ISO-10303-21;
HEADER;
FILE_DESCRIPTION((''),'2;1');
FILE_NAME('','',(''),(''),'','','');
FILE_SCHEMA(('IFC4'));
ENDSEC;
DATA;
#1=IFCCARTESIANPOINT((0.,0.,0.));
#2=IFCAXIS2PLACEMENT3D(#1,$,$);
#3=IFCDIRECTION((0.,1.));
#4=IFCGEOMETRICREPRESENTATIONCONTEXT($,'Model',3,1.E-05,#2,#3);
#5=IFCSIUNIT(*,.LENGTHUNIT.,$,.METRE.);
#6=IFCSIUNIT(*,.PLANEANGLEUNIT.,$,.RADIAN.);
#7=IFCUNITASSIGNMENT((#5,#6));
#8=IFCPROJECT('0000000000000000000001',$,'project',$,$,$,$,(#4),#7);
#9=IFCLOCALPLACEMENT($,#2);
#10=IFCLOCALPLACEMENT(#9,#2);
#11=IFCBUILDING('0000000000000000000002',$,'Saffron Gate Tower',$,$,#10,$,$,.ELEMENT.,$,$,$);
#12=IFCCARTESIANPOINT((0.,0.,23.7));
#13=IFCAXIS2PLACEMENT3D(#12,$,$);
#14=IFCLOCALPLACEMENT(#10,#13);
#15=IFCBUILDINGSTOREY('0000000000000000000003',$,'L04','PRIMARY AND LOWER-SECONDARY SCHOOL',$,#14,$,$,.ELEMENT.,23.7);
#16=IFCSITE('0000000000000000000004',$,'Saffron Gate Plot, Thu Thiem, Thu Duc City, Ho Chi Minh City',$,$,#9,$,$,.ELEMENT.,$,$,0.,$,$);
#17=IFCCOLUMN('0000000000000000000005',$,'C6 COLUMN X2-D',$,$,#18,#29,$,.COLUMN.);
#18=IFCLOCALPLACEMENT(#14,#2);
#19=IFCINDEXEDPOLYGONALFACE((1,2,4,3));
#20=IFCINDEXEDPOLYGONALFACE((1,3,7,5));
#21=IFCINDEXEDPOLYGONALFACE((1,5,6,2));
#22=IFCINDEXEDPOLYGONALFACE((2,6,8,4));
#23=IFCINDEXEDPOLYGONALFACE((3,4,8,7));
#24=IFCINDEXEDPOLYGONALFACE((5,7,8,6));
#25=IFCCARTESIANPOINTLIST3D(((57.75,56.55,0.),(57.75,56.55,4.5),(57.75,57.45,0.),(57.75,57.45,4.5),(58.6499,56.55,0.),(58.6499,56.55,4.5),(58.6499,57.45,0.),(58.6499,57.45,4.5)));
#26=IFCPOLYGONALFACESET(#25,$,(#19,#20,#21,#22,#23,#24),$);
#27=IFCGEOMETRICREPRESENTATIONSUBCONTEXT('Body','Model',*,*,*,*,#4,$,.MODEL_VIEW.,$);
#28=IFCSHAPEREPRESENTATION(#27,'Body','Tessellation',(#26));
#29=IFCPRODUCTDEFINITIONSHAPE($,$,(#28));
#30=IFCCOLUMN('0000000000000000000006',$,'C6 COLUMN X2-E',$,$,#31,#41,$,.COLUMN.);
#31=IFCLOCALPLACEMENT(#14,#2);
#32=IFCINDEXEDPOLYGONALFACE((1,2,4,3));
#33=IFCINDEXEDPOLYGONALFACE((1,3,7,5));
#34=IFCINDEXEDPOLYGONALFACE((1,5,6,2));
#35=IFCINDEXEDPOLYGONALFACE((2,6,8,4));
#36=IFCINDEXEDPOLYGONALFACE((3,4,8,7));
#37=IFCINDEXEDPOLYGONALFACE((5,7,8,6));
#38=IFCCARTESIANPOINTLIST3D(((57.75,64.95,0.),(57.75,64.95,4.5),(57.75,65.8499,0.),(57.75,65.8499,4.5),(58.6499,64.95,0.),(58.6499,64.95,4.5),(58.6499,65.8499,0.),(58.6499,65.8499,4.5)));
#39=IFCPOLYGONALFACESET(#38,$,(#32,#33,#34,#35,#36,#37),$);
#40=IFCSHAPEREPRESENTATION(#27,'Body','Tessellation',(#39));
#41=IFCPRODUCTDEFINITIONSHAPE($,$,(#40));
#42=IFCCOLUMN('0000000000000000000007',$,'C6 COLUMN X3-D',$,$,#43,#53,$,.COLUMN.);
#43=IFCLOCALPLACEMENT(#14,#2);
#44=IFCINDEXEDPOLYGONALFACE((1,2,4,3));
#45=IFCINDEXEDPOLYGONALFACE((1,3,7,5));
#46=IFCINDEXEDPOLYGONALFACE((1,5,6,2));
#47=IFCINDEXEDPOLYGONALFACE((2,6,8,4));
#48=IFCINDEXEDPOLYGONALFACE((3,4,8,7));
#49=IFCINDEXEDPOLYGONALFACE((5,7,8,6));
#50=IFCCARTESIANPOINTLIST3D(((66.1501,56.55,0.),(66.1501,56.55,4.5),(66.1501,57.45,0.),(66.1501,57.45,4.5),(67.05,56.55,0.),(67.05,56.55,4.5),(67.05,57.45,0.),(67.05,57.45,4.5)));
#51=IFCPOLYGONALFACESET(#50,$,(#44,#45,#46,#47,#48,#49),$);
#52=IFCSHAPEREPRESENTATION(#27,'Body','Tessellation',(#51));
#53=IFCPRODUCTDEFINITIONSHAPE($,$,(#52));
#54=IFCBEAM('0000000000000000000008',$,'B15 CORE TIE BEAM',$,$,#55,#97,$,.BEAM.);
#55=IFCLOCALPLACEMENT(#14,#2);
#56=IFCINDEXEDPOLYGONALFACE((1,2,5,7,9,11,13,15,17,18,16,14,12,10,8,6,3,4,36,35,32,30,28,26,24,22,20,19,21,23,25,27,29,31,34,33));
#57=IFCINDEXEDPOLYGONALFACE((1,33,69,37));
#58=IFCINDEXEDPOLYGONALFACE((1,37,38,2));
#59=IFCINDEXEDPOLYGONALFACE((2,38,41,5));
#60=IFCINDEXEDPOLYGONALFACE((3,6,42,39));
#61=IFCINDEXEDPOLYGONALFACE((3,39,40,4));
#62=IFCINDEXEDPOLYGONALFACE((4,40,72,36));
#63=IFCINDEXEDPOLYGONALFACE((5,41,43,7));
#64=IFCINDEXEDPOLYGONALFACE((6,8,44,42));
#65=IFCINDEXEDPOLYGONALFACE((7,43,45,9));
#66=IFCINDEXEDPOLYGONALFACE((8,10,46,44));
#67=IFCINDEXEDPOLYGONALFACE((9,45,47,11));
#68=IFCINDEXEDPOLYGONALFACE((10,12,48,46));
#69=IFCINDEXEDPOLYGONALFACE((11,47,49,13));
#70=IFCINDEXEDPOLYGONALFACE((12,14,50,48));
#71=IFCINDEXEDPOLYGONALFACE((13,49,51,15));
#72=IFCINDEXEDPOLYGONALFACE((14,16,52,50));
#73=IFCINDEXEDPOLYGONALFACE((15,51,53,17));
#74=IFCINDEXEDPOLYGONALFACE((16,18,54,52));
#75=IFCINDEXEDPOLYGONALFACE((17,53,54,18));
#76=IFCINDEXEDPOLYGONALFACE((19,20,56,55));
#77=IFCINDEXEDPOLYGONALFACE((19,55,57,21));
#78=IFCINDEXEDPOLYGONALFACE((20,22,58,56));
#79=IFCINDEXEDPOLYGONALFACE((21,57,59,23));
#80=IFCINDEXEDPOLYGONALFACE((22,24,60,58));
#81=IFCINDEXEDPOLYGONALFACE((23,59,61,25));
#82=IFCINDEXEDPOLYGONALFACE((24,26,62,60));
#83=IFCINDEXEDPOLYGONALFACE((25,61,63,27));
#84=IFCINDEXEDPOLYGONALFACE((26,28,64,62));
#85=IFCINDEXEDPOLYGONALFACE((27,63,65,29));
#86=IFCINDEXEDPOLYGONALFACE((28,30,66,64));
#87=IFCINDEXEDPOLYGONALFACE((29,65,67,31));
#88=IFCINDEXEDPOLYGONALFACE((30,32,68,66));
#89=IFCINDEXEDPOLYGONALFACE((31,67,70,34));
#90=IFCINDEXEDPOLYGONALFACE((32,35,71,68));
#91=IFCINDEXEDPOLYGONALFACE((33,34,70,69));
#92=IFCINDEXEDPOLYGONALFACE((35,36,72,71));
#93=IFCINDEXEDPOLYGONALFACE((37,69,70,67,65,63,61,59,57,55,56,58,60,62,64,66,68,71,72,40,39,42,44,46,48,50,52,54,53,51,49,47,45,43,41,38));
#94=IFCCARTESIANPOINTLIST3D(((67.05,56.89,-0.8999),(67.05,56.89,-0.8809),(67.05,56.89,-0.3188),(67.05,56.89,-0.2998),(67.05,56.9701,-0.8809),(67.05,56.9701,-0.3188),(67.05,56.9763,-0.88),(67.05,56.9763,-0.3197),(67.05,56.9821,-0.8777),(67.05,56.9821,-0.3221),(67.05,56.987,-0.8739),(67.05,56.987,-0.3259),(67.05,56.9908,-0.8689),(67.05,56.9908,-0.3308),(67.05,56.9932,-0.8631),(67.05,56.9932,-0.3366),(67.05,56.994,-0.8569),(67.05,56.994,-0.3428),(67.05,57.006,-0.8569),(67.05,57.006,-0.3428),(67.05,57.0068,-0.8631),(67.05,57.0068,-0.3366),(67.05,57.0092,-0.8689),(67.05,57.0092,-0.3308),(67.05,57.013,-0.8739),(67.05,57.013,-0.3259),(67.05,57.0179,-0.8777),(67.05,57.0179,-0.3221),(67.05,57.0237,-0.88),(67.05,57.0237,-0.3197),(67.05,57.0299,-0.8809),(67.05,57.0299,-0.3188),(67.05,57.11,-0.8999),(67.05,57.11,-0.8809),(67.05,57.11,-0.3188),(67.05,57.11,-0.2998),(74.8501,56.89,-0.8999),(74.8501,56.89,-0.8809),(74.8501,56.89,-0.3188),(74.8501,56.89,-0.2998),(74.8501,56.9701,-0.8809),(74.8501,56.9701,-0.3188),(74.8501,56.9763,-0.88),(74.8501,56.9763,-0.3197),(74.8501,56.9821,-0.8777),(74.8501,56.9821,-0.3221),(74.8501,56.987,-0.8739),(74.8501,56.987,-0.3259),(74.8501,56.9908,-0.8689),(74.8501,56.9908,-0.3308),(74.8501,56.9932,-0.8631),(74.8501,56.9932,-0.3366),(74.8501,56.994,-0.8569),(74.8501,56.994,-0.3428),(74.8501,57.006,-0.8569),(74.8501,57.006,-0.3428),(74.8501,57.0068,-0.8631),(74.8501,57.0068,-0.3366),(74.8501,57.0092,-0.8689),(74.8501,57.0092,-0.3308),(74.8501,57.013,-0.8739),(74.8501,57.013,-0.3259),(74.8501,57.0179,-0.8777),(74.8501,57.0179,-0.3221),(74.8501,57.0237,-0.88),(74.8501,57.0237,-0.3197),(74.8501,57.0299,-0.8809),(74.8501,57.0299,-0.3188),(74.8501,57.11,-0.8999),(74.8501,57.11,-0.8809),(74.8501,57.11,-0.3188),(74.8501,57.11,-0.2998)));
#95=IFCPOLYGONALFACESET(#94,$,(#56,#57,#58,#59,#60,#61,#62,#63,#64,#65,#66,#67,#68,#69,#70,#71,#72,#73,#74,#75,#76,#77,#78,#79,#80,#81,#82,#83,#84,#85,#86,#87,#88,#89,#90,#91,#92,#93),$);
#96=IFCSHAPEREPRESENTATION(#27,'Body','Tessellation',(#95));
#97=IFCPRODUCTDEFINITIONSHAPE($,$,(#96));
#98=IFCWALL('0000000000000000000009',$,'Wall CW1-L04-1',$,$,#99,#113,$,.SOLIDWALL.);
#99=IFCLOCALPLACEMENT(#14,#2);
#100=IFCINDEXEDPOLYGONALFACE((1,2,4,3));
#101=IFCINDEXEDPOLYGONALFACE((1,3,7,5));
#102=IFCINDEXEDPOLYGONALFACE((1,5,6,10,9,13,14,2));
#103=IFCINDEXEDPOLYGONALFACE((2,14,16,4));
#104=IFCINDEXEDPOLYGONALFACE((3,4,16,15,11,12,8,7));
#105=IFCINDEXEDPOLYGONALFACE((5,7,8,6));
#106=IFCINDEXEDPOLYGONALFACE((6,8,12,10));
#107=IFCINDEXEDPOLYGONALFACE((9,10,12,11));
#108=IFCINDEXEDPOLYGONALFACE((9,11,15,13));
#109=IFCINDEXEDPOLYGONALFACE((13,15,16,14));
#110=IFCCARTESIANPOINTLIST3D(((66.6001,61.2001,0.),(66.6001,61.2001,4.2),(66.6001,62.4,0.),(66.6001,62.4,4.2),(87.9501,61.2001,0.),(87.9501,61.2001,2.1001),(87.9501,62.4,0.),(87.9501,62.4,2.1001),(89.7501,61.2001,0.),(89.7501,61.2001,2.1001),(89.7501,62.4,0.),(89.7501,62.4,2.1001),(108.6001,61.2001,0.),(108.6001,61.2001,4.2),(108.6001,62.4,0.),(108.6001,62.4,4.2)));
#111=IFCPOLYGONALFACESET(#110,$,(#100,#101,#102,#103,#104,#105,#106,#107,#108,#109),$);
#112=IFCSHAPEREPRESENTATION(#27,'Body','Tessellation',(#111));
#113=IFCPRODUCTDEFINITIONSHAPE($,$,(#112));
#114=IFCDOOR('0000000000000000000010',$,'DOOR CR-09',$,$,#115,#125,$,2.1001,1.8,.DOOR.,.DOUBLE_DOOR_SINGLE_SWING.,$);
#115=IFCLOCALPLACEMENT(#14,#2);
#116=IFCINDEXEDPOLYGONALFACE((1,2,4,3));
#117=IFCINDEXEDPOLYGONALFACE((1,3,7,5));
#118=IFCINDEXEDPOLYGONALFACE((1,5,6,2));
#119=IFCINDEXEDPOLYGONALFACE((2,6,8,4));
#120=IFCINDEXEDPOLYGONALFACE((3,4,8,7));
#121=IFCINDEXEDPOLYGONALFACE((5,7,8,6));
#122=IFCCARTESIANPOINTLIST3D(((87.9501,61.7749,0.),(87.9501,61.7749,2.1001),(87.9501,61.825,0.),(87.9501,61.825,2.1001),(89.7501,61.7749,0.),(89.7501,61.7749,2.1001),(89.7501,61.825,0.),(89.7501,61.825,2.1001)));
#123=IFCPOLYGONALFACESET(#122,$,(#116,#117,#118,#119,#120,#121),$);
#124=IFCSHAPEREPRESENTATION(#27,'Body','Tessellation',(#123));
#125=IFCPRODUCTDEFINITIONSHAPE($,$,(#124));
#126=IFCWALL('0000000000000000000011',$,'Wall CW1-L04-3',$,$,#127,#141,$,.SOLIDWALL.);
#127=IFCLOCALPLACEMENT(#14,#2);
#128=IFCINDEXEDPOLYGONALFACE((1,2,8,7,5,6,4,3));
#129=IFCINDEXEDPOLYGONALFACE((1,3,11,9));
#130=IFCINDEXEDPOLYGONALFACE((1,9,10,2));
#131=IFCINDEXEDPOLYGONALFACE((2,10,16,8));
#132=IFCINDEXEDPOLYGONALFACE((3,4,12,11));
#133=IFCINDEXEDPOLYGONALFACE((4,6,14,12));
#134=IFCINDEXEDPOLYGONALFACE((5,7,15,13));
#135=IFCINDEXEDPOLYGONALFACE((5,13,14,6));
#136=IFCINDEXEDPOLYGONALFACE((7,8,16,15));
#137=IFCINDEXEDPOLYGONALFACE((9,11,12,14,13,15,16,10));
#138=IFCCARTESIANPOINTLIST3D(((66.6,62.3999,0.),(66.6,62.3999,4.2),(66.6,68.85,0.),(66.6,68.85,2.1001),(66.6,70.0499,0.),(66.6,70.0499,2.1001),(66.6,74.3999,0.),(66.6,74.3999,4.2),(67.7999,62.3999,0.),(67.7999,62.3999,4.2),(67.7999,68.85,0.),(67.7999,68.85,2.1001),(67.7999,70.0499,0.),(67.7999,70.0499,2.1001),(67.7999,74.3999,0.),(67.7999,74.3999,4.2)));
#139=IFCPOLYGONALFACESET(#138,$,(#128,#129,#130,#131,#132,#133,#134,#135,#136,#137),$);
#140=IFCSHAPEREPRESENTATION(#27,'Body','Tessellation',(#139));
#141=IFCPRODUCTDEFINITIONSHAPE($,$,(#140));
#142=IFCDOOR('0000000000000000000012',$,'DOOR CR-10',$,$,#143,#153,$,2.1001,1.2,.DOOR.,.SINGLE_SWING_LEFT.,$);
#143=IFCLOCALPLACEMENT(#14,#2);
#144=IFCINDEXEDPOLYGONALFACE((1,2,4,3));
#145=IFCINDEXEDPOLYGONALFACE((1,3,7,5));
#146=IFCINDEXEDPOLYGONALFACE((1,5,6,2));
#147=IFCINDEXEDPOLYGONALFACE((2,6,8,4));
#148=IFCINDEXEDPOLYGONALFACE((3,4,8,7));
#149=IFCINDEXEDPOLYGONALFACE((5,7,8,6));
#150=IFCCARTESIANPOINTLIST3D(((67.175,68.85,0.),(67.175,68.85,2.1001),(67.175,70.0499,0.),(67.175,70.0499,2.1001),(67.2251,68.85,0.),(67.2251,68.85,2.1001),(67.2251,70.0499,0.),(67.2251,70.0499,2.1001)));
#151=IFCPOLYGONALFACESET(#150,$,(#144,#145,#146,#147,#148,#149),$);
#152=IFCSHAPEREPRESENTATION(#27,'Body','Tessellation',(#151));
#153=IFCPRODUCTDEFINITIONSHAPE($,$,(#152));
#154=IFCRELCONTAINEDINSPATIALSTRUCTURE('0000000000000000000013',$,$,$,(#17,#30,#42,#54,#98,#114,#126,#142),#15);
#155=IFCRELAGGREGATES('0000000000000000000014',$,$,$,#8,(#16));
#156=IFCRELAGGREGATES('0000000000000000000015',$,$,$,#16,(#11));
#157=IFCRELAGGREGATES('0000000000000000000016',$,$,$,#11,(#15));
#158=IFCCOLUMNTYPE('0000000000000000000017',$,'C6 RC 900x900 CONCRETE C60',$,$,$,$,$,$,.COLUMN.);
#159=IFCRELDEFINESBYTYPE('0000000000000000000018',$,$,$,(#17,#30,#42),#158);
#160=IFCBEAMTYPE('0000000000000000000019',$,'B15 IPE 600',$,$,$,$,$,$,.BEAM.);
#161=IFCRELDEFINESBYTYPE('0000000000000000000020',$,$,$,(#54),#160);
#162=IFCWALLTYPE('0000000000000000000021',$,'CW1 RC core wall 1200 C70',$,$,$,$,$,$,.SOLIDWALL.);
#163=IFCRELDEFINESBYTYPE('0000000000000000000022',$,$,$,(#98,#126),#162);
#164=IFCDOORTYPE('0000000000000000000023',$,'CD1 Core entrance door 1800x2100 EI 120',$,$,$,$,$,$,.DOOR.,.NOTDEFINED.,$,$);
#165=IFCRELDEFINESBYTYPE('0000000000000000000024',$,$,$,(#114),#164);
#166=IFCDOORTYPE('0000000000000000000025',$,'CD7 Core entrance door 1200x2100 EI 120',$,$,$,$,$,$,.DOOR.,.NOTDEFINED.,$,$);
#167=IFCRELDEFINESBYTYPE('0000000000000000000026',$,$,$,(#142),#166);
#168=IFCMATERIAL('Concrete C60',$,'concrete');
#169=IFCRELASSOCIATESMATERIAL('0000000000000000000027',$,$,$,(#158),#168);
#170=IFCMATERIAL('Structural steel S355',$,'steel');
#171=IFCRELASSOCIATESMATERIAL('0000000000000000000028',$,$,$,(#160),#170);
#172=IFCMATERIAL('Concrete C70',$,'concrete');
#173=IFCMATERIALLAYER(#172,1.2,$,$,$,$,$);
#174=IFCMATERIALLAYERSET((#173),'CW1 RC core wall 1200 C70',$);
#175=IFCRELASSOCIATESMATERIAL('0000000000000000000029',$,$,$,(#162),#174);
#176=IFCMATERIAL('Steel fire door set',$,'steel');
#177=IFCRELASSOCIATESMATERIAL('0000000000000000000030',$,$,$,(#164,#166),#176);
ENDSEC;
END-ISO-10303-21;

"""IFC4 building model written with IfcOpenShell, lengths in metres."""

from ifc_helpers import new_model, si_unit, direction, frame, frame_2d, origin, origin_2d, place, context, subcontext, project, spatial, rectangle, i_section, extrude, material, layer, layer_set, material_profile, profile_set, type_object, element, fill, save


model = new_model("IFC4")

# Units and contexts
model_context = context("Model", 3, precision=1e-05, world=origin(), true_north=direction((0.0, 1.0)))
body_context = subcontext(model_context, "Body", "Model", "MODEL_VIEW")
ifc_project = project(units=[si_unit("LENGTHUNIT", "METRE"), si_unit("PLANEANGLEUNIT", "RADIAN")], contexts=[model_context])

# Site, building, storey
site_placement = place(None, origin())
site = spatial("IfcSite", under=ifc_project, at=site_placement, Name="Saffron Gate Plot, Thu Thiem, Thu Duc City, Ho Chi Minh City", CompositionType="ELEMENT", RefElevation=0.0)
building_placement = place(site_placement, origin())
building = spatial("IfcBuilding", under=site, at=building_placement, Name="Saffron Gate Tower", CompositionType="ELEMENT")
storey_placement = place(building_placement, frame((0.0, 0.0, 23.7)))
storey = spatial("IfcBuildingStorey", under=building, at=storey_placement, Name="L04", Description="PRIMARY AND LOWER-SECONDARY SCHOOL", CompositionType="ELEMENT", Elevation=23.7)

# Columns
ifc_material_1 = material(Name="Concrete C60", Category="concrete")
ifc_material_profile_1 = material_profile(ifc_material_1, rectangle(XDim=0.8999, YDim=0.8999, at=origin_2d()))
ifc_profile_set_1 = profile_set([ifc_material_profile_1], Name="Concrete C60")
column_type = type_object("IfcColumnType", Name="C6 RC 900x900 CONCRETE C60", PredefinedType="COLUMN", material=ifc_profile_set_1)
for number, where, z_axis, x_axis, name in (
    (1, (58.2, 57.0, 0.0), (0.0, 0.0, 1.0), (1.0, 0.0, 0.0), "C6 COLUMN X2-D"),
    (2, (58.2, 65.3999, 0.0), (0.0, 0.0, 1.0), (1.0, 0.0, 0.0), "C6 COLUMN X2-E"),
    (3, (66.6001, 57.0, 0.0), (0.0, 0.0, 1.0), (1.0, 0.0, 0.0), "C6 COLUMN X3-D"),
):
    element("IfcColumn", number, at=place(storey_placement, frame(where, z_axis=z_axis, x_axis=x_axis)), inside=storey, type_object=column_type, Name=name, PredefinedType="COLUMN", context=body_context, shape_type="SweptSolid", body=[
        extrude(rectangle(XDim=0.8999, YDim=0.8999, at=origin_2d()), origin(), (0.0, 0.0, 1.0), 4.5),
    ])

# Beam
ifc_material_2 = material(Name="Structural steel S355", Category="steel")
ifc_material_profile_2 = material_profile(ifc_material_2, i_section(OverallWidth=0.22, OverallDepth=0.6001, WebThickness=0.012, FlangeThickness=0.019, FilletRadius=0.0239, at=origin_2d()))
ifc_profile_set_2 = profile_set([ifc_material_profile_2], Name="Structural steel S355")
beam_type = type_object("IfcBeamType", Name="B15 IPE 600", PredefinedType="BEAM", material=ifc_profile_set_2)
beam_placement = place(storey_placement, frame((67.05, 57.0, -0.5999), z_axis=(1.0, 0.0, 0.0), x_axis=(0.0, 1.0, 0.0)))
element("IfcBeam", 4, at=beam_placement, inside=storey, type_object=beam_type, Name="B15 CORE TIE BEAM", PredefinedType="BEAM", context=body_context, shape_type="SweptSolid", body=[
    extrude(i_section(OverallWidth=0.22, OverallDepth=0.6001, WebThickness=0.012, FlangeThickness=0.019, FilletRadius=0.0239, at=origin_2d()), origin(), (0.0, 0.0, 1.0), 7.8),
])

# Walls, openings, doors
ifc_material_3 = material(Name="Concrete C70", Category="concrete")
ifc_layer_1 = layer(ifc_material_3, 1.2)
ifc_layer_set_1 = layer_set([ifc_layer_1], Name="CW1 RC core wall 1200 C70")
wall_type_1 = type_object("IfcWallType", Name="CW1 RC core wall 1200 C70", PredefinedType="SOLIDWALL", material=ifc_layer_set_1)
wall_1_placement = place(storey_placement, frame((66.6001, 61.8, 0.0), z_axis=(0.0, 0.0, 1.0), x_axis=(1.0, 0.0, 0.0)))
wall_1 = element("IfcWall", 5, at=wall_1_placement, inside=storey, type_object=wall_type_1, Name="Wall CW1-L04-1", PredefinedType="SOLIDWALL", context=body_context, shape_type="SweptSolid", body=[
    extrude(rectangle(XDim=42.0, YDim=1.2, at=frame_2d((21.0, 0.0))), origin(), (0.0, 0.0, 1.0), 4.2),
])
opening_1_placement = place(wall_1_placement, frame((21.3501, 0.0, 0.0)))
opening_1 = element("IfcOpeningElement", 6, at=opening_1_placement, cuts=wall_1, PredefinedType="OPENING", context=body_context, shape_type="SweptSolid", body=[
    extrude(rectangle(XDim=1.8, YDim=2.1001, at=frame_2d((0.8999, 1.05))), frame((0.0, 0.6099, 0.0), z_axis=(0.0, -1.0, 0.0), x_axis=(1.0, 0.0, 0.0)), (0.0, 0.0, 1.0), 1.22),
])
ifc_material_4 = material(Name="Steel fire door set", Category="steel")
door_type_1 = type_object("IfcDoorType", Name="CD1 Core entrance door 1800x2100 EI 120", OperationType="NOTDEFINED", PredefinedType="DOOR", material=ifc_material_4)
door_1_placement = place(opening_1_placement, origin())
door_1 = element("IfcDoor", 7, at=door_1_placement, inside=storey, type_object=door_type_1, Name="DOOR CR-09", OperationType="DOUBLE_DOOR_SINGLE_SWING", OverallHeight=2.1001, OverallWidth=1.8, PredefinedType="DOOR", context=body_context, shape_type="SweptSolid", body=[
    extrude(rectangle(XDim=1.8, YDim=2.1001, at=frame_2d((0.8999, 1.05))), frame((0.0, 0.0249, 0.0), z_axis=(0.0, -1.0, 0.0), x_axis=(1.0, 0.0, 0.0)), (0.0, 0.0, 1.0), 0.05),
])
fill(opening_1, door_1)
wall_2_placement = place(storey_placement, frame((67.2, 62.3999, 0.0), z_axis=(0.0, 0.0, 1.0), x_axis=(0.0, 1.0, 0.0)))
wall_2 = element("IfcWall", 8, at=wall_2_placement, inside=storey, type_object=wall_type_1, Name="Wall CW1-L04-3", PredefinedType="SOLIDWALL", context=body_context, shape_type="SweptSolid", body=[
    extrude(rectangle(XDim=12.0, YDim=1.2, at=frame_2d((6.0, 0.0))), origin(), (0.0, 0.0, 1.0), 4.2),
])
opening_2_placement = place(wall_2_placement, frame((6.45, 0.0, 0.0)))
opening_2 = element("IfcOpeningElement", 9, at=opening_2_placement, cuts=wall_2, PredefinedType="OPENING", context=body_context, shape_type="SweptSolid", body=[
    extrude(rectangle(XDim=1.2, YDim=2.1001, at=frame_2d((0.6001, 1.05))), frame((0.0, 0.6099, 0.0), z_axis=(0.0, -1.0, 0.0), x_axis=(1.0, 0.0, 0.0)), (0.0, 0.0, 1.0), 1.22),
])
door_type_2 = type_object("IfcDoorType", Name="CD7 Core entrance door 1200x2100 EI 120", OperationType="NOTDEFINED", PredefinedType="DOOR", material=ifc_material_4)
door_2_placement = place(opening_2_placement, origin())
door_2 = element("IfcDoor", 10, at=door_2_placement, inside=storey, type_object=door_type_2, Name="DOOR CR-10", OperationType="SINGLE_SWING_LEFT", OverallHeight=2.1001, OverallWidth=1.2, PredefinedType="DOOR", context=body_context, shape_type="SweptSolid", body=[
    extrude(rectangle(XDim=1.2, YDim=2.1001, at=frame_2d((0.6001, 1.05))), frame((0.0, 0.0249, 0.0), z_axis=(0.0, -1.0, 0.0), x_axis=(1.0, 0.0, 0.0)), (0.0, 0.0, 1.0), 0.05),
])
fill(opening_2, door_2)

save(model, "model.ifc")
